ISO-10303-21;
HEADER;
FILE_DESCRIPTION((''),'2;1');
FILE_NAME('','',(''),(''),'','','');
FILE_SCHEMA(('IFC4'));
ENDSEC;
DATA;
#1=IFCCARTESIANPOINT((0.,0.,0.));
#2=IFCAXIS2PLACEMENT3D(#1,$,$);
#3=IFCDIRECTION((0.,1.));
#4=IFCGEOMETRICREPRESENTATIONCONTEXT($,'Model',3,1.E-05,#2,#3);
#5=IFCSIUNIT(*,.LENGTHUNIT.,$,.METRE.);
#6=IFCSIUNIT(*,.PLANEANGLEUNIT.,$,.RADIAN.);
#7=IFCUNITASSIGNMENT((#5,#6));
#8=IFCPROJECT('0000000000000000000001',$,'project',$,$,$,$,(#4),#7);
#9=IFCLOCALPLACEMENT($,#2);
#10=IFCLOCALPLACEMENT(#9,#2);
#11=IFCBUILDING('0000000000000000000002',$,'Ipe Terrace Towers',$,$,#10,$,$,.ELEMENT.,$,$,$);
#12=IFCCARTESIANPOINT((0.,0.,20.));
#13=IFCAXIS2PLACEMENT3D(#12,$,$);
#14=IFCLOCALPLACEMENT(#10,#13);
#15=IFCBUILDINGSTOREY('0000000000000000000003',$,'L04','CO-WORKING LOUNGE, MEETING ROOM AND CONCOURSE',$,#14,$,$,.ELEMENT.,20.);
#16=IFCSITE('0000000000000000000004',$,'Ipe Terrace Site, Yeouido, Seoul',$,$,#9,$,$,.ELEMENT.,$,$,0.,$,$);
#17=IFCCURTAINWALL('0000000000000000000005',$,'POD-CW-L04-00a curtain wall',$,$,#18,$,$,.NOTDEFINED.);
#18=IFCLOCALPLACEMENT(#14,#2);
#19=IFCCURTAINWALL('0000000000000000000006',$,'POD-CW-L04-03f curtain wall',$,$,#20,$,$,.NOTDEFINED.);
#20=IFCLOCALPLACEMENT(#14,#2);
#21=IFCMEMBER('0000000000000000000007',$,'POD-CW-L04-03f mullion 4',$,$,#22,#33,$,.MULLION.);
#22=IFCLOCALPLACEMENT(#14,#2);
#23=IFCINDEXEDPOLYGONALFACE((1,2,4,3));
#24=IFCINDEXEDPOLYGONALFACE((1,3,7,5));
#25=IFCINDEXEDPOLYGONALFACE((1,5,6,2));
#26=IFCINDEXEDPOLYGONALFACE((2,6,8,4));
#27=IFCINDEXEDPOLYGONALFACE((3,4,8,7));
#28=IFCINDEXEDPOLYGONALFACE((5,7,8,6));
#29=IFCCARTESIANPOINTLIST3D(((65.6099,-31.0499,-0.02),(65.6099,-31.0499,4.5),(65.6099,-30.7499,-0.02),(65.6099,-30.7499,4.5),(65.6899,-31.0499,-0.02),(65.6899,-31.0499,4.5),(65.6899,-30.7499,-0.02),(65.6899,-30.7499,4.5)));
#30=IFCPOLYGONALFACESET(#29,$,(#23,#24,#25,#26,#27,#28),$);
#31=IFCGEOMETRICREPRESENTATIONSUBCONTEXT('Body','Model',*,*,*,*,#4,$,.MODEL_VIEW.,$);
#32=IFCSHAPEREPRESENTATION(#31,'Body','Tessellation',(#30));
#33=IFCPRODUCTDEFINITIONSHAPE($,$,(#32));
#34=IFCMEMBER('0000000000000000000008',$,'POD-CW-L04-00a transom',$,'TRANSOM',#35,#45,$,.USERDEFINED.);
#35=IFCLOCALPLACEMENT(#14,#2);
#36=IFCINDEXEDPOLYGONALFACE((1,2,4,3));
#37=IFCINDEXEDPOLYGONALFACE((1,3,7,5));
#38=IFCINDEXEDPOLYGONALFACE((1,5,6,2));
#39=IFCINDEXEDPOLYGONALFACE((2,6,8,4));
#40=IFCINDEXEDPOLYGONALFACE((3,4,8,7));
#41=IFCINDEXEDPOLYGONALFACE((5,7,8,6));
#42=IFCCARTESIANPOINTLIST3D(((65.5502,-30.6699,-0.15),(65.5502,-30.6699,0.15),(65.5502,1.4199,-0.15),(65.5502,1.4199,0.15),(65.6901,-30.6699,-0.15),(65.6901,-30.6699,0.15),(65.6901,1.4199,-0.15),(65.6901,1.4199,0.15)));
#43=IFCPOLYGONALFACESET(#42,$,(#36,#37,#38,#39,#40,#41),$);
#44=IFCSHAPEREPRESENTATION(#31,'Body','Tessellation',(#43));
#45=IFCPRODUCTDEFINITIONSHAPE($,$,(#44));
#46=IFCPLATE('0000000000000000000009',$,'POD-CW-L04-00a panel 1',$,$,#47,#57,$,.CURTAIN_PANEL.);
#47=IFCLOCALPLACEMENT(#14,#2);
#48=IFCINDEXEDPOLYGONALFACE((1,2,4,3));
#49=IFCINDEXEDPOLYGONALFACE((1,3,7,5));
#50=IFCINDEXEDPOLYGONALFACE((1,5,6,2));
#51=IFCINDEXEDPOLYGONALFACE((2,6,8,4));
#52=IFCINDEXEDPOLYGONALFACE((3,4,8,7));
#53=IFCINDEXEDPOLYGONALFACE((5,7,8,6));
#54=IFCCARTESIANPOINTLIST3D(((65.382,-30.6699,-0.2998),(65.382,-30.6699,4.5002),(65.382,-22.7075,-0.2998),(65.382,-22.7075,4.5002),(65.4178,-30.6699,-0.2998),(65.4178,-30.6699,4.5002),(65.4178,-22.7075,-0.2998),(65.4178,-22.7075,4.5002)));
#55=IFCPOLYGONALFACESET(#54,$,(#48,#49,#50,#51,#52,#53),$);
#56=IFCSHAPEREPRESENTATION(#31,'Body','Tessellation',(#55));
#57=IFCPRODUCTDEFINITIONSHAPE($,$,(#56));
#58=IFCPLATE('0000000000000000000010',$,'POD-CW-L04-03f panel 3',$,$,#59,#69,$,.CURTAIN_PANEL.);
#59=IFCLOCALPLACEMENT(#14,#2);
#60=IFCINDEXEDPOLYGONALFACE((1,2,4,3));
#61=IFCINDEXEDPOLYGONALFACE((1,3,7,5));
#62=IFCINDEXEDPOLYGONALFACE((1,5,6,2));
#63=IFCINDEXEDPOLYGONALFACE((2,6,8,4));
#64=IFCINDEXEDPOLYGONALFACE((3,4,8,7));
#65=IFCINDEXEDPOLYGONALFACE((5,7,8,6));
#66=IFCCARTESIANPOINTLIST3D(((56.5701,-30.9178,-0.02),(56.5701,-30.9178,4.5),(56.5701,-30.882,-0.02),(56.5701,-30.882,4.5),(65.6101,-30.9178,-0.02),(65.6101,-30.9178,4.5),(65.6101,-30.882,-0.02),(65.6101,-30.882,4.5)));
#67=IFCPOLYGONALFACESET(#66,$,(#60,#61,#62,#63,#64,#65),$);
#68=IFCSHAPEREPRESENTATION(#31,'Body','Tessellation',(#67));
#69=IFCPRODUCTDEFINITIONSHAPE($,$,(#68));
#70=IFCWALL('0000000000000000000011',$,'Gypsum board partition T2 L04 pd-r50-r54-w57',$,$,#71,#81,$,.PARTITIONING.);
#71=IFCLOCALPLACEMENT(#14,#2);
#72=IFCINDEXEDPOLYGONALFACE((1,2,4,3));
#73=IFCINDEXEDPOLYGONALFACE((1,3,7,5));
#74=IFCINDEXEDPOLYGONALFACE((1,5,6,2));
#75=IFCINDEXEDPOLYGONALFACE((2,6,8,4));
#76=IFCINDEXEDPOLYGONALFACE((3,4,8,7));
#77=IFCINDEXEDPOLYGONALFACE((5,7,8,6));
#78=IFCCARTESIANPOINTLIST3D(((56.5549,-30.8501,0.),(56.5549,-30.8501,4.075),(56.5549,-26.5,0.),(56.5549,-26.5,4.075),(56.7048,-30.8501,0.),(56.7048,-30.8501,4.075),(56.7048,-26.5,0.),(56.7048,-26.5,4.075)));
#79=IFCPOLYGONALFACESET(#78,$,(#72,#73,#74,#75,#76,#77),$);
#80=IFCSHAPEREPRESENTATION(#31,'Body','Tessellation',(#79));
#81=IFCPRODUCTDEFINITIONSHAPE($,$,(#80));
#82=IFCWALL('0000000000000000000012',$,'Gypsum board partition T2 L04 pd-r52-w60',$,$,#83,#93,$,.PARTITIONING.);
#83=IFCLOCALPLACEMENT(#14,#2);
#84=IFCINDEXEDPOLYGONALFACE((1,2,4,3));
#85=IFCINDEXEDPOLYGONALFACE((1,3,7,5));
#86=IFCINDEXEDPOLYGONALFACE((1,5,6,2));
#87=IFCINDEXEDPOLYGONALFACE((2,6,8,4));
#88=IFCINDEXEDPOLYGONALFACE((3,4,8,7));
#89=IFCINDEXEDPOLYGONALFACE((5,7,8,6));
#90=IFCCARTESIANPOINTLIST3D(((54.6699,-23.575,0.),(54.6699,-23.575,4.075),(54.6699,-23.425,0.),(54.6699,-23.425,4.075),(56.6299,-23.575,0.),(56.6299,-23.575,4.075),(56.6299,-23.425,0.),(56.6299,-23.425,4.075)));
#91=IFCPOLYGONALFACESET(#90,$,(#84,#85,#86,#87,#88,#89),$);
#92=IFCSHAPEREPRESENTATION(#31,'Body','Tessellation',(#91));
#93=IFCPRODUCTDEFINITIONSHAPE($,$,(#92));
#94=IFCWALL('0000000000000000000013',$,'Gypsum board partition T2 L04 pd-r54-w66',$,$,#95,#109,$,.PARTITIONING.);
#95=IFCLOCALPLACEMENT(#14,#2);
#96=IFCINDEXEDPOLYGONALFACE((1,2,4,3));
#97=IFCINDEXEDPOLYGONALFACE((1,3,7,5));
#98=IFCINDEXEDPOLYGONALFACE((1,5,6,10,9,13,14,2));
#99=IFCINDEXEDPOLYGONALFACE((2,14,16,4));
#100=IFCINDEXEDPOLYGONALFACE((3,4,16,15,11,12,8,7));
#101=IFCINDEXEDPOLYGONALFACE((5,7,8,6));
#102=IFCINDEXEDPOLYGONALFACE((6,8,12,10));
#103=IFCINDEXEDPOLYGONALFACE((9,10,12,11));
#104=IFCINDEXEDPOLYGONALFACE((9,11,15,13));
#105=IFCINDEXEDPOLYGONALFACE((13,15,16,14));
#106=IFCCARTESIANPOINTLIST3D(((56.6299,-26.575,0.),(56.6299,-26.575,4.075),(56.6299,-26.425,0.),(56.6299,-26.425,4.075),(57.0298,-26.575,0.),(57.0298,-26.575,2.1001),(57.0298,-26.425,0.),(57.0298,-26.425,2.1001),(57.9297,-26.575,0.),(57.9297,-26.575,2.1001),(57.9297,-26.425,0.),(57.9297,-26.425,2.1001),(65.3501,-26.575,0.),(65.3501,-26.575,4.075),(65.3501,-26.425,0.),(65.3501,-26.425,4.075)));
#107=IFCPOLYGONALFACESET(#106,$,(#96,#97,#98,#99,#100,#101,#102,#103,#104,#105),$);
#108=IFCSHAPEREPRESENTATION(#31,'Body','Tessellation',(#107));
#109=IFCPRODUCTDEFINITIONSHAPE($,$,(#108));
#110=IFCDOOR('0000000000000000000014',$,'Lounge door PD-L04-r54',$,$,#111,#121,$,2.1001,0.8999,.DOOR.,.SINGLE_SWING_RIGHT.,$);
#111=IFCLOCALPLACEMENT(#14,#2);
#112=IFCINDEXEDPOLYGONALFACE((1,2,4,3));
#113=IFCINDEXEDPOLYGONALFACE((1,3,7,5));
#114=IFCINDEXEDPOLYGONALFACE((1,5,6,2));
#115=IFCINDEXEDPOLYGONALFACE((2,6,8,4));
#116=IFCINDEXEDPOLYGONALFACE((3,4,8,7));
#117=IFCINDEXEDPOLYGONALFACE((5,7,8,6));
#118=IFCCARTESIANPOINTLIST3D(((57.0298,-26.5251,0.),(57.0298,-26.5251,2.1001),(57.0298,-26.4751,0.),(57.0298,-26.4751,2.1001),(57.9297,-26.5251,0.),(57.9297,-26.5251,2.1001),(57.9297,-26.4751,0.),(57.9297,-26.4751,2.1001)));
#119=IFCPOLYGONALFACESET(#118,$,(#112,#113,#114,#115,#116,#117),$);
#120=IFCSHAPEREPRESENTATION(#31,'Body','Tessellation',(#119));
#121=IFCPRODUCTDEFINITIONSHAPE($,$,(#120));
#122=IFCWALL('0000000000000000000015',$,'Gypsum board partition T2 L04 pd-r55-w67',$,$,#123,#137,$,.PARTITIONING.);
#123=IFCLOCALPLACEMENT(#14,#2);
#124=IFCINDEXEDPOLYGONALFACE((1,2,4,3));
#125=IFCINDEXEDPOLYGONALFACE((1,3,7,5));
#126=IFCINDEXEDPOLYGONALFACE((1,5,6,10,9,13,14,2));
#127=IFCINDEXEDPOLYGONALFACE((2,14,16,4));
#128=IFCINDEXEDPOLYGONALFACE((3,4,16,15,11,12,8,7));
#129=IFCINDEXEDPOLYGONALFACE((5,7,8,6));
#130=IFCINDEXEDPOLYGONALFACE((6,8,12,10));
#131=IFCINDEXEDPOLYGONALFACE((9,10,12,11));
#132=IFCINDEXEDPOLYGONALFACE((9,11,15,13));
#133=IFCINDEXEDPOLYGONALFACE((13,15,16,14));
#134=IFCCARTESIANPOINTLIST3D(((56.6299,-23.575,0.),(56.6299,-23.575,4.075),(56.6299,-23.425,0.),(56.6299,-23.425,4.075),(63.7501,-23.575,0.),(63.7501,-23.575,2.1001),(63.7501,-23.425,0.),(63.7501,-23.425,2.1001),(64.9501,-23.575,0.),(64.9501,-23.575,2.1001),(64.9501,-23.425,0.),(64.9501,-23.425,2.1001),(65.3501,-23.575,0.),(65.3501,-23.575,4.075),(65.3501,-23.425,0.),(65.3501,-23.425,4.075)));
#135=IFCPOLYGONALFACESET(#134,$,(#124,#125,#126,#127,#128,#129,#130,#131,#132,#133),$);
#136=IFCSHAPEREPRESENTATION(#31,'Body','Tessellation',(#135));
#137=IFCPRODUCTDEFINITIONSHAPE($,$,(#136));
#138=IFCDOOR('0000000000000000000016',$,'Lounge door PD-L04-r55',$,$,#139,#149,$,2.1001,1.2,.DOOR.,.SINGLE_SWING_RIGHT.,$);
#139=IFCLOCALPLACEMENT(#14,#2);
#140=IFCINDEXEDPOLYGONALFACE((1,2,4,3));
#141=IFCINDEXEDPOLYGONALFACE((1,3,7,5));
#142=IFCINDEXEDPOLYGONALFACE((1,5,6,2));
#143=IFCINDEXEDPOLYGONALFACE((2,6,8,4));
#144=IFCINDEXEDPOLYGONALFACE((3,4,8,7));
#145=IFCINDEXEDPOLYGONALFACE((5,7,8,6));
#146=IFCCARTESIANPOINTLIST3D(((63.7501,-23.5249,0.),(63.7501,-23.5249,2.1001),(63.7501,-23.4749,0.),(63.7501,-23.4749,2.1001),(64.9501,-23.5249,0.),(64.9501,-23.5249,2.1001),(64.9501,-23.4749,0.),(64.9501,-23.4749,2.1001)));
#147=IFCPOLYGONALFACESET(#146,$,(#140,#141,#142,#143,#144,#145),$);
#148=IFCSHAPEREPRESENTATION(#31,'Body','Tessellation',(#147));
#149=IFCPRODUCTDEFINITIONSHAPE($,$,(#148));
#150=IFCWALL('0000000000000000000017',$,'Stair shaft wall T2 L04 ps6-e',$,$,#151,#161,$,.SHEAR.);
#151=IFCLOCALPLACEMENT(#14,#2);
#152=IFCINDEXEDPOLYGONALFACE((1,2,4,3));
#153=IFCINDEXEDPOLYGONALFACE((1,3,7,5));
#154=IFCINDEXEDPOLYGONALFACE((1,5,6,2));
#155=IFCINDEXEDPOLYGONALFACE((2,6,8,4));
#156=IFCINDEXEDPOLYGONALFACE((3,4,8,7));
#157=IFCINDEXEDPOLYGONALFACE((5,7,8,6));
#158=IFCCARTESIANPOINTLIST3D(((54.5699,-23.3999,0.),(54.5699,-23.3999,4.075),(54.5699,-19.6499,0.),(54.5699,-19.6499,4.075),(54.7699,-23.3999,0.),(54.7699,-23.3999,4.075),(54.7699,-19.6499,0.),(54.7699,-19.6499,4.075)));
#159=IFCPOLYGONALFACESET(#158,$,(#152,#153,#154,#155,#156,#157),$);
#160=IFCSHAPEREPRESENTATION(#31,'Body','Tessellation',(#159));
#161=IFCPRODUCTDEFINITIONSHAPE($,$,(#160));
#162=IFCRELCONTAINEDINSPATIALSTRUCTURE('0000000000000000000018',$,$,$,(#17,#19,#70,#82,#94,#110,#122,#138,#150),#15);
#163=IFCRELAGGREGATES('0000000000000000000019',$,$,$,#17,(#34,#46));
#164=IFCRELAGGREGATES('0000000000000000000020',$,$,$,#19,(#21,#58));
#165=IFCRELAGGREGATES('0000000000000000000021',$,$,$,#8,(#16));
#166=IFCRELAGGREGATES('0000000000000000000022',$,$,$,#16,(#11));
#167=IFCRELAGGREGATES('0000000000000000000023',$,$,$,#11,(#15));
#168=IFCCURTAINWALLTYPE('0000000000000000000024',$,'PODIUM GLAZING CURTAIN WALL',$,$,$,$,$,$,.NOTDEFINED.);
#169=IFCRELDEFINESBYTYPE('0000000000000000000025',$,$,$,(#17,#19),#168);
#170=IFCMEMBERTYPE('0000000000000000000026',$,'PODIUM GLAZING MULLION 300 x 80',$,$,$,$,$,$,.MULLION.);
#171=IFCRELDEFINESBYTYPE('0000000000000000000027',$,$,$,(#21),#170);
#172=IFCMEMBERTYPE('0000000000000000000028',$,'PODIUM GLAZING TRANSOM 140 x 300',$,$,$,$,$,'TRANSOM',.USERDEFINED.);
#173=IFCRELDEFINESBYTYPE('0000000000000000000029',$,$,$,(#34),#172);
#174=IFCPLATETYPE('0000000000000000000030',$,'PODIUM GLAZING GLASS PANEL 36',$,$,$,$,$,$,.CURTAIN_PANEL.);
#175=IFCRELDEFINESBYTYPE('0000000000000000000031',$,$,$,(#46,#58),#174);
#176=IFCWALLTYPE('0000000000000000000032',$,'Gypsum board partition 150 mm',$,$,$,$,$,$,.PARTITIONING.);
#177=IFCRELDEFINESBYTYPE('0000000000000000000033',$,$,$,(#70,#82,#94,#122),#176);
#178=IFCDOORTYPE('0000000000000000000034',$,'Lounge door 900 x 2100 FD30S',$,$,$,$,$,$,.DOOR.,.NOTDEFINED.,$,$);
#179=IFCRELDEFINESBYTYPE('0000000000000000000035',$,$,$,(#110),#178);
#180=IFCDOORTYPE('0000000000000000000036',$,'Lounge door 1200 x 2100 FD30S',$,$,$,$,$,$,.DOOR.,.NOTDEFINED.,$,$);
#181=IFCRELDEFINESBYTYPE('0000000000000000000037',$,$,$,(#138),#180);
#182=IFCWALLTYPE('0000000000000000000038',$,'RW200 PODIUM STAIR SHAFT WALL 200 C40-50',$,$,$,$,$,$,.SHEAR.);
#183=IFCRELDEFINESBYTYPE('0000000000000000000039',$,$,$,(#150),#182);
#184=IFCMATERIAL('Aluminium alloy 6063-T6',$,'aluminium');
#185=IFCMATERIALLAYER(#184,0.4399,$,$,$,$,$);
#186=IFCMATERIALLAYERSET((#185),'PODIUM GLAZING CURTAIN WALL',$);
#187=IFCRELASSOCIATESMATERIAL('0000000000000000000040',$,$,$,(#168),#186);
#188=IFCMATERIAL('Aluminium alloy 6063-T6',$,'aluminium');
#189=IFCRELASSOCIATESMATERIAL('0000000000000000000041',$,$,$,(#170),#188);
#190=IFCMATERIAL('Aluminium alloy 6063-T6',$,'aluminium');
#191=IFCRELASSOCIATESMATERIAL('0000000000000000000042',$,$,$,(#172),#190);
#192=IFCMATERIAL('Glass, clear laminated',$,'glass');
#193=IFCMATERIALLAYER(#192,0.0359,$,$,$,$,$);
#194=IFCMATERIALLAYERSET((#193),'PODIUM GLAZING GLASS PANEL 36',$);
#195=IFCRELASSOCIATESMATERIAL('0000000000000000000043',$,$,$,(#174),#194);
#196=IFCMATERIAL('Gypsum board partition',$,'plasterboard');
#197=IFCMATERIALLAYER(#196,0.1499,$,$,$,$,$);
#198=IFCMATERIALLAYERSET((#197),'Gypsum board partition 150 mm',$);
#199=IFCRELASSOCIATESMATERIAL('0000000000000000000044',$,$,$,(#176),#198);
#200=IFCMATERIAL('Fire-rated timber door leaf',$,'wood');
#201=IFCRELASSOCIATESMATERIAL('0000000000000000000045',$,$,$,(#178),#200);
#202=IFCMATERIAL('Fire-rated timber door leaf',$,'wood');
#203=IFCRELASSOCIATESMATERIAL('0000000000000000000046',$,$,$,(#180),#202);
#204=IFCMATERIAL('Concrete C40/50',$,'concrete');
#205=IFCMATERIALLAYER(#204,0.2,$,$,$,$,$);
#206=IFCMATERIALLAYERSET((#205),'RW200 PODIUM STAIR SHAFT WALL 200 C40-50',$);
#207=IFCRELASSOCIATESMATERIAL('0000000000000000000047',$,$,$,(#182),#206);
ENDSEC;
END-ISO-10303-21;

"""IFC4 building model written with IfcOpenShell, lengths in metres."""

from ifc_helpers import new_model, si_unit, direction, frame, frame_2d, origin, origin_2d, place, context, subcontext, project, spatial, rectangle, extrude, material, layer, layer_set, material_profile, profile_set, type_object, element, fill, aggregate, save


model = new_model("IFC4")

# Units and contexts
model_context = context("Model", 3, precision=1e-05, world=origin(), true_north=direction((0.0, 1.0)))
body_context = subcontext(model_context, "Body", "Model", "MODEL_VIEW")
ifc_project = project(units=[si_unit("LENGTHUNIT", "METRE"), si_unit("PLANEANGLEUNIT", "RADIAN")], contexts=[model_context])

# Site, building, storey
site_placement = place(None, origin())
site = spatial("IfcSite", under=ifc_project, at=site_placement, Name="Ipe Terrace Site, Yeouido, Seoul", CompositionType="ELEMENT", RefElevation=0.0)
building_placement = place(site_placement, origin())
building = spatial("IfcBuilding", under=site, at=building_placement, Name="Ipe Terrace Towers", CompositionType="ELEMENT")
storey_placement = place(building_placement, frame((0.0, 0.0, 20.0)))
storey = spatial("IfcBuildingStorey", under=building, at=storey_placement, Name="L04", Description="CO-WORKING LOUNGE, MEETING ROOM AND CONCOURSE", CompositionType="ELEMENT", Elevation=20.0)

# Curtain walls, member
ifc_material_1 = material(Name="Aluminium alloy 6063-T6", Category="aluminium")
ifc_layer_1 = layer(ifc_material_1, 0.4399)
ifc_layer_set_1 = layer_set([ifc_layer_1], Name="PODIUM GLAZING CURTAIN WALL")
curtain_wall_type = type_object("IfcCurtainWallType", Name="PODIUM GLAZING CURTAIN WALL", PredefinedType="NOTDEFINED", material=ifc_layer_set_1)
curtain_wall_1_placement = place(storey_placement, origin())
curtain_wall_1 = element("IfcCurtainWall", 1, at=curtain_wall_1_placement, inside=storey, type_object=curtain_wall_type, Name="POD-CW-L04-00a curtain wall", PredefinedType="NOTDEFINED")
ifc_material_2 = material(Name="Aluminium alloy 6063-T6", Category="aluminium")
ifc_material_profile_1 = material_profile(ifc_material_2, rectangle(XDim=0.3, YDim=0.0801, at=origin_2d()), Name="PODIUM GLAZING MULLION 300 x 80")
ifc_profile_set_1 = profile_set([ifc_material_profile_1], Name="Aluminium alloy 6063-T6")
member_type_1 = type_object("IfcMemberType", Name="PODIUM GLAZING MULLION 300 x 80", PredefinedType="MULLION", material=ifc_profile_set_1)
curtain_wall_2_placement = place(storey_placement, origin())
curtain_wall_2 = element("IfcCurtainWall", 2, at=curtain_wall_2_placement, inside=storey, type_object=curtain_wall_type, Name="POD-CW-L04-03f curtain wall", PredefinedType="NOTDEFINED")
member_1_placement = place(storey_placement, frame((65.6499, -30.8999, -0.02), z_axis=(0.0, 0.0, 1.0), x_axis=(0.0, -1.0, 0.0)))
member_1 = element("IfcMember", 3, at=member_1_placement, type_object=member_type_1, Name="POD-CW-L04-03f mullion 4", PredefinedType="MULLION", context=body_context, shape_type="SweptSolid", body=[
    extrude(rectangle(XDim=0.3, YDim=0.0801, at=origin_2d()), origin(), (0.0, 0.0, 1.0), 4.52),
])

# Member
ifc_material_3 = material(Name="Aluminium alloy 6063-T6", Category="aluminium")
ifc_material_profile_2 = material_profile(ifc_material_3, rectangle(XDim=0.1399, YDim=0.3, at=origin_2d()), Name="PODIUM GLAZING TRANSOM 140 x 300")
ifc_profile_set_2 = profile_set([ifc_material_profile_2], Name="Aluminium alloy 6063-T6")
member_type_2 = type_object("IfcMemberType", Name="PODIUM GLAZING TRANSOM 140 x 300", ElementType="TRANSOM", PredefinedType="USERDEFINED", material=ifc_profile_set_2)
member_2_placement = place(storey_placement, frame((65.6201, -30.6699, 0.0), z_axis=(0.0, 1.0, 0.0), x_axis=(1.0, 0.0, 0.0)))
member_2 = element("IfcMember", 4, at=member_2_placement, type_object=member_type_2, Name="POD-CW-L04-00a transom", ObjectType="TRANSOM", PredefinedType="USERDEFINED", context=body_context, shape_type="SweptSolid", body=[
    extrude(rectangle(XDim=0.1399, YDim=0.3, at=origin_2d()), origin(), (0.0, 0.0, 1.0), 32.0898),
])

# Plates
ifc_material_4 = material(Name="Glass, clear laminated", Category="glass")
ifc_layer_2 = layer(ifc_material_4, 0.0359)
ifc_layer_set_2 = layer_set([ifc_layer_2], Name="PODIUM GLAZING GLASS PANEL 36")
plate_type = type_object("IfcPlateType", Name="PODIUM GLAZING GLASS PANEL 36", PredefinedType="CURTAIN_PANEL", material=ifc_layer_set_2)
plate_1_placement = place(storey_placement, frame((65.3999, -26.6887, -0.2998), z_axis=(0.0, 0.0, 1.0), x_axis=(0.0, 1.0, 0.0)))
plate_1 = element("IfcPlate", 5, at=plate_1_placement, type_object=plate_type, Name="POD-CW-L04-00a panel 1", PredefinedType="CURTAIN_PANEL", context=body_context, shape_type="SweptSolid", body=[
    extrude(rectangle(XDim=7.9624, YDim=0.0359, at=origin_2d()), origin(), (0.0, 0.0, 1.0), 4.8),
])
aggregate(curtain_wall_1, [member_2, plate_1])
plate_2_placement = place(storey_placement, frame((61.0901, -30.8999, -0.02), z_axis=(0.0, 0.0, 1.0), x_axis=(1.0, 0.0, 0.0)))
plate_2 = element("IfcPlate", 6, at=plate_2_placement, type_object=plate_type, Name="POD-CW-L04-03f panel 3", PredefinedType="CURTAIN_PANEL", context=body_context, shape_type="SweptSolid", body=[
    extrude(rectangle(XDim=9.04, YDim=0.0359, at=origin_2d()), origin(), (0.0, 0.0, 1.0), 4.52),
])
aggregate(curtain_wall_2, [member_1, plate_2])

# Walls
ifc_material_5 = material(Name="Gypsum board partition", Category="plasterboard")
ifc_layer_3 = layer(ifc_material_5, 0.1499)
ifc_layer_set_3 = layer_set([ifc_layer_3], Name="Gypsum board partition 150 mm")
wall_type_1 = type_object("IfcWallType", Name="Gypsum board partition 150 mm", PredefinedType="PARTITIONING", material=ifc_layer_set_3)
wall_1_placement = place(storey_placement, frame((56.6299, -26.5, 0.0), z_axis=(0.0, 0.0, 1.0), x_axis=(0.0, -1.0, 0.0)))
element("IfcWall", 7, at=wall_1_placement, inside=storey, type_object=wall_type_1, Name="Gypsum board partition T2 L04 pd-r50-r54-w57", PredefinedType="PARTITIONING", context=body_context, shape_type="SweptSolid", body=[
    extrude(rectangle(XDim=4.3501, YDim=0.1499, at=frame_2d((2.175, 0.0))), origin(), (0.0, 0.0, 1.0), 4.075),
])
wall_2_placement = place(storey_placement, frame((56.6299, -23.5, 0.0), z_axis=(0.0, 0.0, 1.0), x_axis=(-1.0, 0.0, 0.0)))
element("IfcWall", 8, at=wall_2_placement, inside=storey, type_object=wall_type_1, Name="Gypsum board partition T2 L04 pd-r52-w60", PredefinedType="PARTITIONING", context=body_context, shape_type="SweptSolid", body=[
    extrude(rectangle(XDim=1.96, YDim=0.1499, at=frame_2d((0.98, 0.0))), origin(), (0.0, 0.0, 1.0), 4.075),
])

# Walls, openings, doors
wall_3_placement = place(storey_placement, frame((56.6299, -26.5, 0.0), z_axis=(0.0, 0.0, 1.0), x_axis=(1.0, 0.0, 0.0)))
wall_3 = element("IfcWall", 9, at=wall_3_placement, inside=storey, type_object=wall_type_1, Name="Gypsum board partition T2 L04 pd-r54-w66", PredefinedType="PARTITIONING", context=body_context, shape_type="SweptSolid", body=[
    extrude(rectangle(XDim=8.7202, YDim=0.1499, at=frame_2d((4.3601, 0.0))), origin(), (0.0, 0.0, 1.0), 4.075),
])
opening_1_placement = place(wall_3_placement, frame((0.3999, 0.0, 0.0)))
opening_1 = element("IfcOpeningElement", 10, at=opening_1_placement, cuts=wall_3, PredefinedType="OPENING", context=body_context, shape_type="SweptSolid", body=[
    extrude(rectangle(XDim=0.8999, YDim=2.1001, at=frame_2d((0.45, 1.05))), frame((0.0, 0.085, 0.0), z_axis=(0.0, -1.0, 0.0), x_axis=(1.0, 0.0, 0.0)), (0.0, 0.0, 1.0), 0.1699),
])
ifc_material_6 = material(Name="Fire-rated timber door leaf", Category="wood")
door_type_1 = type_object("IfcDoorType", Name="Lounge door 900 x 2100 FD30S", OperationType="NOTDEFINED", PredefinedType="DOOR", material=ifc_material_6)
door_1_placement = place(opening_1_placement, origin())
door_1 = element("IfcDoor", 11, at=door_1_placement, inside=storey, type_object=door_type_1, Name="Lounge door PD-L04-r54", OperationType="SINGLE_SWING_RIGHT", OverallHeight=2.1001, OverallWidth=0.8999, PredefinedType="DOOR", context=body_context, shape_type="SweptSolid", body=[
    extrude(rectangle(XDim=0.8999, YDim=2.1001, at=frame_2d((0.45, 1.05))), frame((0.0, 0.0249, 0.0), z_axis=(0.0, -1.0, 0.0), x_axis=(1.0, 0.0, 0.0)), (0.0, 0.0, 1.0), 0.05),
])
fill(opening_1, door_1)
wall_4_placement = place(storey_placement, frame((65.3501, -23.5, 0.0), z_axis=(0.0, 0.0, 1.0), x_axis=(-1.0, 0.0, 0.0)))
wall_4 = element("IfcWall", 12, at=wall_4_placement, inside=storey, type_object=wall_type_1, Name="Gypsum board partition T2 L04 pd-r55-w67", PredefinedType="PARTITIONING", context=body_context, shape_type="SweptSolid", body=[
    extrude(rectangle(XDim=8.7202, YDim=0.1499, at=frame_2d((4.3601, 0.0))), origin(), (0.0, 0.0, 1.0), 4.075),
])
opening_2_placement = place(wall_4_placement, frame((0.3999, 0.0, 0.0)))
opening_2 = element("IfcOpeningElement", 13, at=opening_2_placement, cuts=wall_4, PredefinedType="OPENING", context=body_context, shape_type="SweptSolid", body=[
    extrude(rectangle(XDim=1.2, YDim=2.1001, at=frame_2d((0.6001, 1.05))), frame((0.0, 0.085, 0.0), z_axis=(0.0, -1.0, 0.0), x_axis=(1.0, 0.0, 0.0)), (0.0, 0.0, 1.0), 0.1699),
])
ifc_material_7 = material(Name="Fire-rated timber door leaf", Category="wood")
door_type_2 = type_object("IfcDoorType", Name="Lounge door 1200 x 2100 FD30S", OperationType="NOTDEFINED", PredefinedType="DOOR", material=ifc_material_7)
door_2_placement = place(opening_2_placement, origin())
door_2 = element("IfcDoor", 14, at=door_2_placement, inside=storey, type_object=door_type_2, Name="Lounge door PD-L04-r55", OperationType="SINGLE_SWING_RIGHT", OverallHeight=2.1001, OverallWidth=1.2, PredefinedType="DOOR", context=body_context, shape_type="SweptSolid", body=[
    extrude(rectangle(XDim=1.2, YDim=2.1001, at=frame_2d((0.6001, 1.05))), frame((0.0, 0.0249, 0.0), z_axis=(0.0, -1.0, 0.0), x_axis=(1.0, 0.0, 0.0)), (0.0, 0.0, 1.0), 0.05),
])
fill(opening_2, door_2)

# Wall
ifc_material_8 = material(Name="Concrete C40/50", Category="concrete")
ifc_layer_4 = layer(ifc_material_8, 0.2)
ifc_layer_set_4 = layer_set([ifc_layer_4], Name="RW200 PODIUM STAIR SHAFT WALL 200 C40-50")
wall_type_2 = type_object("IfcWallType", Name="RW200 PODIUM STAIR SHAFT WALL 200 C40-50", PredefinedType="SHEAR", material=ifc_layer_set_4)
wall_5_placement = place(storey_placement, frame((54.6699, -23.3999, 0.0), z_axis=(0.0, 0.0, 1.0), x_axis=(0.0, 1.0, 0.0)))
element("IfcWall", 15, at=wall_5_placement, inside=storey, type_object=wall_type_2, Name="Stair shaft wall T2 L04 ps6-e", PredefinedType="SHEAR", context=body_context, shape_type="SweptSolid", body=[
    extrude(rectangle(XDim=3.75, YDim=0.2, at=frame_2d((1.875, 0.0))), origin(), (0.0, 0.0, 1.0), 4.075),
])

save(model, "model.ifc")
